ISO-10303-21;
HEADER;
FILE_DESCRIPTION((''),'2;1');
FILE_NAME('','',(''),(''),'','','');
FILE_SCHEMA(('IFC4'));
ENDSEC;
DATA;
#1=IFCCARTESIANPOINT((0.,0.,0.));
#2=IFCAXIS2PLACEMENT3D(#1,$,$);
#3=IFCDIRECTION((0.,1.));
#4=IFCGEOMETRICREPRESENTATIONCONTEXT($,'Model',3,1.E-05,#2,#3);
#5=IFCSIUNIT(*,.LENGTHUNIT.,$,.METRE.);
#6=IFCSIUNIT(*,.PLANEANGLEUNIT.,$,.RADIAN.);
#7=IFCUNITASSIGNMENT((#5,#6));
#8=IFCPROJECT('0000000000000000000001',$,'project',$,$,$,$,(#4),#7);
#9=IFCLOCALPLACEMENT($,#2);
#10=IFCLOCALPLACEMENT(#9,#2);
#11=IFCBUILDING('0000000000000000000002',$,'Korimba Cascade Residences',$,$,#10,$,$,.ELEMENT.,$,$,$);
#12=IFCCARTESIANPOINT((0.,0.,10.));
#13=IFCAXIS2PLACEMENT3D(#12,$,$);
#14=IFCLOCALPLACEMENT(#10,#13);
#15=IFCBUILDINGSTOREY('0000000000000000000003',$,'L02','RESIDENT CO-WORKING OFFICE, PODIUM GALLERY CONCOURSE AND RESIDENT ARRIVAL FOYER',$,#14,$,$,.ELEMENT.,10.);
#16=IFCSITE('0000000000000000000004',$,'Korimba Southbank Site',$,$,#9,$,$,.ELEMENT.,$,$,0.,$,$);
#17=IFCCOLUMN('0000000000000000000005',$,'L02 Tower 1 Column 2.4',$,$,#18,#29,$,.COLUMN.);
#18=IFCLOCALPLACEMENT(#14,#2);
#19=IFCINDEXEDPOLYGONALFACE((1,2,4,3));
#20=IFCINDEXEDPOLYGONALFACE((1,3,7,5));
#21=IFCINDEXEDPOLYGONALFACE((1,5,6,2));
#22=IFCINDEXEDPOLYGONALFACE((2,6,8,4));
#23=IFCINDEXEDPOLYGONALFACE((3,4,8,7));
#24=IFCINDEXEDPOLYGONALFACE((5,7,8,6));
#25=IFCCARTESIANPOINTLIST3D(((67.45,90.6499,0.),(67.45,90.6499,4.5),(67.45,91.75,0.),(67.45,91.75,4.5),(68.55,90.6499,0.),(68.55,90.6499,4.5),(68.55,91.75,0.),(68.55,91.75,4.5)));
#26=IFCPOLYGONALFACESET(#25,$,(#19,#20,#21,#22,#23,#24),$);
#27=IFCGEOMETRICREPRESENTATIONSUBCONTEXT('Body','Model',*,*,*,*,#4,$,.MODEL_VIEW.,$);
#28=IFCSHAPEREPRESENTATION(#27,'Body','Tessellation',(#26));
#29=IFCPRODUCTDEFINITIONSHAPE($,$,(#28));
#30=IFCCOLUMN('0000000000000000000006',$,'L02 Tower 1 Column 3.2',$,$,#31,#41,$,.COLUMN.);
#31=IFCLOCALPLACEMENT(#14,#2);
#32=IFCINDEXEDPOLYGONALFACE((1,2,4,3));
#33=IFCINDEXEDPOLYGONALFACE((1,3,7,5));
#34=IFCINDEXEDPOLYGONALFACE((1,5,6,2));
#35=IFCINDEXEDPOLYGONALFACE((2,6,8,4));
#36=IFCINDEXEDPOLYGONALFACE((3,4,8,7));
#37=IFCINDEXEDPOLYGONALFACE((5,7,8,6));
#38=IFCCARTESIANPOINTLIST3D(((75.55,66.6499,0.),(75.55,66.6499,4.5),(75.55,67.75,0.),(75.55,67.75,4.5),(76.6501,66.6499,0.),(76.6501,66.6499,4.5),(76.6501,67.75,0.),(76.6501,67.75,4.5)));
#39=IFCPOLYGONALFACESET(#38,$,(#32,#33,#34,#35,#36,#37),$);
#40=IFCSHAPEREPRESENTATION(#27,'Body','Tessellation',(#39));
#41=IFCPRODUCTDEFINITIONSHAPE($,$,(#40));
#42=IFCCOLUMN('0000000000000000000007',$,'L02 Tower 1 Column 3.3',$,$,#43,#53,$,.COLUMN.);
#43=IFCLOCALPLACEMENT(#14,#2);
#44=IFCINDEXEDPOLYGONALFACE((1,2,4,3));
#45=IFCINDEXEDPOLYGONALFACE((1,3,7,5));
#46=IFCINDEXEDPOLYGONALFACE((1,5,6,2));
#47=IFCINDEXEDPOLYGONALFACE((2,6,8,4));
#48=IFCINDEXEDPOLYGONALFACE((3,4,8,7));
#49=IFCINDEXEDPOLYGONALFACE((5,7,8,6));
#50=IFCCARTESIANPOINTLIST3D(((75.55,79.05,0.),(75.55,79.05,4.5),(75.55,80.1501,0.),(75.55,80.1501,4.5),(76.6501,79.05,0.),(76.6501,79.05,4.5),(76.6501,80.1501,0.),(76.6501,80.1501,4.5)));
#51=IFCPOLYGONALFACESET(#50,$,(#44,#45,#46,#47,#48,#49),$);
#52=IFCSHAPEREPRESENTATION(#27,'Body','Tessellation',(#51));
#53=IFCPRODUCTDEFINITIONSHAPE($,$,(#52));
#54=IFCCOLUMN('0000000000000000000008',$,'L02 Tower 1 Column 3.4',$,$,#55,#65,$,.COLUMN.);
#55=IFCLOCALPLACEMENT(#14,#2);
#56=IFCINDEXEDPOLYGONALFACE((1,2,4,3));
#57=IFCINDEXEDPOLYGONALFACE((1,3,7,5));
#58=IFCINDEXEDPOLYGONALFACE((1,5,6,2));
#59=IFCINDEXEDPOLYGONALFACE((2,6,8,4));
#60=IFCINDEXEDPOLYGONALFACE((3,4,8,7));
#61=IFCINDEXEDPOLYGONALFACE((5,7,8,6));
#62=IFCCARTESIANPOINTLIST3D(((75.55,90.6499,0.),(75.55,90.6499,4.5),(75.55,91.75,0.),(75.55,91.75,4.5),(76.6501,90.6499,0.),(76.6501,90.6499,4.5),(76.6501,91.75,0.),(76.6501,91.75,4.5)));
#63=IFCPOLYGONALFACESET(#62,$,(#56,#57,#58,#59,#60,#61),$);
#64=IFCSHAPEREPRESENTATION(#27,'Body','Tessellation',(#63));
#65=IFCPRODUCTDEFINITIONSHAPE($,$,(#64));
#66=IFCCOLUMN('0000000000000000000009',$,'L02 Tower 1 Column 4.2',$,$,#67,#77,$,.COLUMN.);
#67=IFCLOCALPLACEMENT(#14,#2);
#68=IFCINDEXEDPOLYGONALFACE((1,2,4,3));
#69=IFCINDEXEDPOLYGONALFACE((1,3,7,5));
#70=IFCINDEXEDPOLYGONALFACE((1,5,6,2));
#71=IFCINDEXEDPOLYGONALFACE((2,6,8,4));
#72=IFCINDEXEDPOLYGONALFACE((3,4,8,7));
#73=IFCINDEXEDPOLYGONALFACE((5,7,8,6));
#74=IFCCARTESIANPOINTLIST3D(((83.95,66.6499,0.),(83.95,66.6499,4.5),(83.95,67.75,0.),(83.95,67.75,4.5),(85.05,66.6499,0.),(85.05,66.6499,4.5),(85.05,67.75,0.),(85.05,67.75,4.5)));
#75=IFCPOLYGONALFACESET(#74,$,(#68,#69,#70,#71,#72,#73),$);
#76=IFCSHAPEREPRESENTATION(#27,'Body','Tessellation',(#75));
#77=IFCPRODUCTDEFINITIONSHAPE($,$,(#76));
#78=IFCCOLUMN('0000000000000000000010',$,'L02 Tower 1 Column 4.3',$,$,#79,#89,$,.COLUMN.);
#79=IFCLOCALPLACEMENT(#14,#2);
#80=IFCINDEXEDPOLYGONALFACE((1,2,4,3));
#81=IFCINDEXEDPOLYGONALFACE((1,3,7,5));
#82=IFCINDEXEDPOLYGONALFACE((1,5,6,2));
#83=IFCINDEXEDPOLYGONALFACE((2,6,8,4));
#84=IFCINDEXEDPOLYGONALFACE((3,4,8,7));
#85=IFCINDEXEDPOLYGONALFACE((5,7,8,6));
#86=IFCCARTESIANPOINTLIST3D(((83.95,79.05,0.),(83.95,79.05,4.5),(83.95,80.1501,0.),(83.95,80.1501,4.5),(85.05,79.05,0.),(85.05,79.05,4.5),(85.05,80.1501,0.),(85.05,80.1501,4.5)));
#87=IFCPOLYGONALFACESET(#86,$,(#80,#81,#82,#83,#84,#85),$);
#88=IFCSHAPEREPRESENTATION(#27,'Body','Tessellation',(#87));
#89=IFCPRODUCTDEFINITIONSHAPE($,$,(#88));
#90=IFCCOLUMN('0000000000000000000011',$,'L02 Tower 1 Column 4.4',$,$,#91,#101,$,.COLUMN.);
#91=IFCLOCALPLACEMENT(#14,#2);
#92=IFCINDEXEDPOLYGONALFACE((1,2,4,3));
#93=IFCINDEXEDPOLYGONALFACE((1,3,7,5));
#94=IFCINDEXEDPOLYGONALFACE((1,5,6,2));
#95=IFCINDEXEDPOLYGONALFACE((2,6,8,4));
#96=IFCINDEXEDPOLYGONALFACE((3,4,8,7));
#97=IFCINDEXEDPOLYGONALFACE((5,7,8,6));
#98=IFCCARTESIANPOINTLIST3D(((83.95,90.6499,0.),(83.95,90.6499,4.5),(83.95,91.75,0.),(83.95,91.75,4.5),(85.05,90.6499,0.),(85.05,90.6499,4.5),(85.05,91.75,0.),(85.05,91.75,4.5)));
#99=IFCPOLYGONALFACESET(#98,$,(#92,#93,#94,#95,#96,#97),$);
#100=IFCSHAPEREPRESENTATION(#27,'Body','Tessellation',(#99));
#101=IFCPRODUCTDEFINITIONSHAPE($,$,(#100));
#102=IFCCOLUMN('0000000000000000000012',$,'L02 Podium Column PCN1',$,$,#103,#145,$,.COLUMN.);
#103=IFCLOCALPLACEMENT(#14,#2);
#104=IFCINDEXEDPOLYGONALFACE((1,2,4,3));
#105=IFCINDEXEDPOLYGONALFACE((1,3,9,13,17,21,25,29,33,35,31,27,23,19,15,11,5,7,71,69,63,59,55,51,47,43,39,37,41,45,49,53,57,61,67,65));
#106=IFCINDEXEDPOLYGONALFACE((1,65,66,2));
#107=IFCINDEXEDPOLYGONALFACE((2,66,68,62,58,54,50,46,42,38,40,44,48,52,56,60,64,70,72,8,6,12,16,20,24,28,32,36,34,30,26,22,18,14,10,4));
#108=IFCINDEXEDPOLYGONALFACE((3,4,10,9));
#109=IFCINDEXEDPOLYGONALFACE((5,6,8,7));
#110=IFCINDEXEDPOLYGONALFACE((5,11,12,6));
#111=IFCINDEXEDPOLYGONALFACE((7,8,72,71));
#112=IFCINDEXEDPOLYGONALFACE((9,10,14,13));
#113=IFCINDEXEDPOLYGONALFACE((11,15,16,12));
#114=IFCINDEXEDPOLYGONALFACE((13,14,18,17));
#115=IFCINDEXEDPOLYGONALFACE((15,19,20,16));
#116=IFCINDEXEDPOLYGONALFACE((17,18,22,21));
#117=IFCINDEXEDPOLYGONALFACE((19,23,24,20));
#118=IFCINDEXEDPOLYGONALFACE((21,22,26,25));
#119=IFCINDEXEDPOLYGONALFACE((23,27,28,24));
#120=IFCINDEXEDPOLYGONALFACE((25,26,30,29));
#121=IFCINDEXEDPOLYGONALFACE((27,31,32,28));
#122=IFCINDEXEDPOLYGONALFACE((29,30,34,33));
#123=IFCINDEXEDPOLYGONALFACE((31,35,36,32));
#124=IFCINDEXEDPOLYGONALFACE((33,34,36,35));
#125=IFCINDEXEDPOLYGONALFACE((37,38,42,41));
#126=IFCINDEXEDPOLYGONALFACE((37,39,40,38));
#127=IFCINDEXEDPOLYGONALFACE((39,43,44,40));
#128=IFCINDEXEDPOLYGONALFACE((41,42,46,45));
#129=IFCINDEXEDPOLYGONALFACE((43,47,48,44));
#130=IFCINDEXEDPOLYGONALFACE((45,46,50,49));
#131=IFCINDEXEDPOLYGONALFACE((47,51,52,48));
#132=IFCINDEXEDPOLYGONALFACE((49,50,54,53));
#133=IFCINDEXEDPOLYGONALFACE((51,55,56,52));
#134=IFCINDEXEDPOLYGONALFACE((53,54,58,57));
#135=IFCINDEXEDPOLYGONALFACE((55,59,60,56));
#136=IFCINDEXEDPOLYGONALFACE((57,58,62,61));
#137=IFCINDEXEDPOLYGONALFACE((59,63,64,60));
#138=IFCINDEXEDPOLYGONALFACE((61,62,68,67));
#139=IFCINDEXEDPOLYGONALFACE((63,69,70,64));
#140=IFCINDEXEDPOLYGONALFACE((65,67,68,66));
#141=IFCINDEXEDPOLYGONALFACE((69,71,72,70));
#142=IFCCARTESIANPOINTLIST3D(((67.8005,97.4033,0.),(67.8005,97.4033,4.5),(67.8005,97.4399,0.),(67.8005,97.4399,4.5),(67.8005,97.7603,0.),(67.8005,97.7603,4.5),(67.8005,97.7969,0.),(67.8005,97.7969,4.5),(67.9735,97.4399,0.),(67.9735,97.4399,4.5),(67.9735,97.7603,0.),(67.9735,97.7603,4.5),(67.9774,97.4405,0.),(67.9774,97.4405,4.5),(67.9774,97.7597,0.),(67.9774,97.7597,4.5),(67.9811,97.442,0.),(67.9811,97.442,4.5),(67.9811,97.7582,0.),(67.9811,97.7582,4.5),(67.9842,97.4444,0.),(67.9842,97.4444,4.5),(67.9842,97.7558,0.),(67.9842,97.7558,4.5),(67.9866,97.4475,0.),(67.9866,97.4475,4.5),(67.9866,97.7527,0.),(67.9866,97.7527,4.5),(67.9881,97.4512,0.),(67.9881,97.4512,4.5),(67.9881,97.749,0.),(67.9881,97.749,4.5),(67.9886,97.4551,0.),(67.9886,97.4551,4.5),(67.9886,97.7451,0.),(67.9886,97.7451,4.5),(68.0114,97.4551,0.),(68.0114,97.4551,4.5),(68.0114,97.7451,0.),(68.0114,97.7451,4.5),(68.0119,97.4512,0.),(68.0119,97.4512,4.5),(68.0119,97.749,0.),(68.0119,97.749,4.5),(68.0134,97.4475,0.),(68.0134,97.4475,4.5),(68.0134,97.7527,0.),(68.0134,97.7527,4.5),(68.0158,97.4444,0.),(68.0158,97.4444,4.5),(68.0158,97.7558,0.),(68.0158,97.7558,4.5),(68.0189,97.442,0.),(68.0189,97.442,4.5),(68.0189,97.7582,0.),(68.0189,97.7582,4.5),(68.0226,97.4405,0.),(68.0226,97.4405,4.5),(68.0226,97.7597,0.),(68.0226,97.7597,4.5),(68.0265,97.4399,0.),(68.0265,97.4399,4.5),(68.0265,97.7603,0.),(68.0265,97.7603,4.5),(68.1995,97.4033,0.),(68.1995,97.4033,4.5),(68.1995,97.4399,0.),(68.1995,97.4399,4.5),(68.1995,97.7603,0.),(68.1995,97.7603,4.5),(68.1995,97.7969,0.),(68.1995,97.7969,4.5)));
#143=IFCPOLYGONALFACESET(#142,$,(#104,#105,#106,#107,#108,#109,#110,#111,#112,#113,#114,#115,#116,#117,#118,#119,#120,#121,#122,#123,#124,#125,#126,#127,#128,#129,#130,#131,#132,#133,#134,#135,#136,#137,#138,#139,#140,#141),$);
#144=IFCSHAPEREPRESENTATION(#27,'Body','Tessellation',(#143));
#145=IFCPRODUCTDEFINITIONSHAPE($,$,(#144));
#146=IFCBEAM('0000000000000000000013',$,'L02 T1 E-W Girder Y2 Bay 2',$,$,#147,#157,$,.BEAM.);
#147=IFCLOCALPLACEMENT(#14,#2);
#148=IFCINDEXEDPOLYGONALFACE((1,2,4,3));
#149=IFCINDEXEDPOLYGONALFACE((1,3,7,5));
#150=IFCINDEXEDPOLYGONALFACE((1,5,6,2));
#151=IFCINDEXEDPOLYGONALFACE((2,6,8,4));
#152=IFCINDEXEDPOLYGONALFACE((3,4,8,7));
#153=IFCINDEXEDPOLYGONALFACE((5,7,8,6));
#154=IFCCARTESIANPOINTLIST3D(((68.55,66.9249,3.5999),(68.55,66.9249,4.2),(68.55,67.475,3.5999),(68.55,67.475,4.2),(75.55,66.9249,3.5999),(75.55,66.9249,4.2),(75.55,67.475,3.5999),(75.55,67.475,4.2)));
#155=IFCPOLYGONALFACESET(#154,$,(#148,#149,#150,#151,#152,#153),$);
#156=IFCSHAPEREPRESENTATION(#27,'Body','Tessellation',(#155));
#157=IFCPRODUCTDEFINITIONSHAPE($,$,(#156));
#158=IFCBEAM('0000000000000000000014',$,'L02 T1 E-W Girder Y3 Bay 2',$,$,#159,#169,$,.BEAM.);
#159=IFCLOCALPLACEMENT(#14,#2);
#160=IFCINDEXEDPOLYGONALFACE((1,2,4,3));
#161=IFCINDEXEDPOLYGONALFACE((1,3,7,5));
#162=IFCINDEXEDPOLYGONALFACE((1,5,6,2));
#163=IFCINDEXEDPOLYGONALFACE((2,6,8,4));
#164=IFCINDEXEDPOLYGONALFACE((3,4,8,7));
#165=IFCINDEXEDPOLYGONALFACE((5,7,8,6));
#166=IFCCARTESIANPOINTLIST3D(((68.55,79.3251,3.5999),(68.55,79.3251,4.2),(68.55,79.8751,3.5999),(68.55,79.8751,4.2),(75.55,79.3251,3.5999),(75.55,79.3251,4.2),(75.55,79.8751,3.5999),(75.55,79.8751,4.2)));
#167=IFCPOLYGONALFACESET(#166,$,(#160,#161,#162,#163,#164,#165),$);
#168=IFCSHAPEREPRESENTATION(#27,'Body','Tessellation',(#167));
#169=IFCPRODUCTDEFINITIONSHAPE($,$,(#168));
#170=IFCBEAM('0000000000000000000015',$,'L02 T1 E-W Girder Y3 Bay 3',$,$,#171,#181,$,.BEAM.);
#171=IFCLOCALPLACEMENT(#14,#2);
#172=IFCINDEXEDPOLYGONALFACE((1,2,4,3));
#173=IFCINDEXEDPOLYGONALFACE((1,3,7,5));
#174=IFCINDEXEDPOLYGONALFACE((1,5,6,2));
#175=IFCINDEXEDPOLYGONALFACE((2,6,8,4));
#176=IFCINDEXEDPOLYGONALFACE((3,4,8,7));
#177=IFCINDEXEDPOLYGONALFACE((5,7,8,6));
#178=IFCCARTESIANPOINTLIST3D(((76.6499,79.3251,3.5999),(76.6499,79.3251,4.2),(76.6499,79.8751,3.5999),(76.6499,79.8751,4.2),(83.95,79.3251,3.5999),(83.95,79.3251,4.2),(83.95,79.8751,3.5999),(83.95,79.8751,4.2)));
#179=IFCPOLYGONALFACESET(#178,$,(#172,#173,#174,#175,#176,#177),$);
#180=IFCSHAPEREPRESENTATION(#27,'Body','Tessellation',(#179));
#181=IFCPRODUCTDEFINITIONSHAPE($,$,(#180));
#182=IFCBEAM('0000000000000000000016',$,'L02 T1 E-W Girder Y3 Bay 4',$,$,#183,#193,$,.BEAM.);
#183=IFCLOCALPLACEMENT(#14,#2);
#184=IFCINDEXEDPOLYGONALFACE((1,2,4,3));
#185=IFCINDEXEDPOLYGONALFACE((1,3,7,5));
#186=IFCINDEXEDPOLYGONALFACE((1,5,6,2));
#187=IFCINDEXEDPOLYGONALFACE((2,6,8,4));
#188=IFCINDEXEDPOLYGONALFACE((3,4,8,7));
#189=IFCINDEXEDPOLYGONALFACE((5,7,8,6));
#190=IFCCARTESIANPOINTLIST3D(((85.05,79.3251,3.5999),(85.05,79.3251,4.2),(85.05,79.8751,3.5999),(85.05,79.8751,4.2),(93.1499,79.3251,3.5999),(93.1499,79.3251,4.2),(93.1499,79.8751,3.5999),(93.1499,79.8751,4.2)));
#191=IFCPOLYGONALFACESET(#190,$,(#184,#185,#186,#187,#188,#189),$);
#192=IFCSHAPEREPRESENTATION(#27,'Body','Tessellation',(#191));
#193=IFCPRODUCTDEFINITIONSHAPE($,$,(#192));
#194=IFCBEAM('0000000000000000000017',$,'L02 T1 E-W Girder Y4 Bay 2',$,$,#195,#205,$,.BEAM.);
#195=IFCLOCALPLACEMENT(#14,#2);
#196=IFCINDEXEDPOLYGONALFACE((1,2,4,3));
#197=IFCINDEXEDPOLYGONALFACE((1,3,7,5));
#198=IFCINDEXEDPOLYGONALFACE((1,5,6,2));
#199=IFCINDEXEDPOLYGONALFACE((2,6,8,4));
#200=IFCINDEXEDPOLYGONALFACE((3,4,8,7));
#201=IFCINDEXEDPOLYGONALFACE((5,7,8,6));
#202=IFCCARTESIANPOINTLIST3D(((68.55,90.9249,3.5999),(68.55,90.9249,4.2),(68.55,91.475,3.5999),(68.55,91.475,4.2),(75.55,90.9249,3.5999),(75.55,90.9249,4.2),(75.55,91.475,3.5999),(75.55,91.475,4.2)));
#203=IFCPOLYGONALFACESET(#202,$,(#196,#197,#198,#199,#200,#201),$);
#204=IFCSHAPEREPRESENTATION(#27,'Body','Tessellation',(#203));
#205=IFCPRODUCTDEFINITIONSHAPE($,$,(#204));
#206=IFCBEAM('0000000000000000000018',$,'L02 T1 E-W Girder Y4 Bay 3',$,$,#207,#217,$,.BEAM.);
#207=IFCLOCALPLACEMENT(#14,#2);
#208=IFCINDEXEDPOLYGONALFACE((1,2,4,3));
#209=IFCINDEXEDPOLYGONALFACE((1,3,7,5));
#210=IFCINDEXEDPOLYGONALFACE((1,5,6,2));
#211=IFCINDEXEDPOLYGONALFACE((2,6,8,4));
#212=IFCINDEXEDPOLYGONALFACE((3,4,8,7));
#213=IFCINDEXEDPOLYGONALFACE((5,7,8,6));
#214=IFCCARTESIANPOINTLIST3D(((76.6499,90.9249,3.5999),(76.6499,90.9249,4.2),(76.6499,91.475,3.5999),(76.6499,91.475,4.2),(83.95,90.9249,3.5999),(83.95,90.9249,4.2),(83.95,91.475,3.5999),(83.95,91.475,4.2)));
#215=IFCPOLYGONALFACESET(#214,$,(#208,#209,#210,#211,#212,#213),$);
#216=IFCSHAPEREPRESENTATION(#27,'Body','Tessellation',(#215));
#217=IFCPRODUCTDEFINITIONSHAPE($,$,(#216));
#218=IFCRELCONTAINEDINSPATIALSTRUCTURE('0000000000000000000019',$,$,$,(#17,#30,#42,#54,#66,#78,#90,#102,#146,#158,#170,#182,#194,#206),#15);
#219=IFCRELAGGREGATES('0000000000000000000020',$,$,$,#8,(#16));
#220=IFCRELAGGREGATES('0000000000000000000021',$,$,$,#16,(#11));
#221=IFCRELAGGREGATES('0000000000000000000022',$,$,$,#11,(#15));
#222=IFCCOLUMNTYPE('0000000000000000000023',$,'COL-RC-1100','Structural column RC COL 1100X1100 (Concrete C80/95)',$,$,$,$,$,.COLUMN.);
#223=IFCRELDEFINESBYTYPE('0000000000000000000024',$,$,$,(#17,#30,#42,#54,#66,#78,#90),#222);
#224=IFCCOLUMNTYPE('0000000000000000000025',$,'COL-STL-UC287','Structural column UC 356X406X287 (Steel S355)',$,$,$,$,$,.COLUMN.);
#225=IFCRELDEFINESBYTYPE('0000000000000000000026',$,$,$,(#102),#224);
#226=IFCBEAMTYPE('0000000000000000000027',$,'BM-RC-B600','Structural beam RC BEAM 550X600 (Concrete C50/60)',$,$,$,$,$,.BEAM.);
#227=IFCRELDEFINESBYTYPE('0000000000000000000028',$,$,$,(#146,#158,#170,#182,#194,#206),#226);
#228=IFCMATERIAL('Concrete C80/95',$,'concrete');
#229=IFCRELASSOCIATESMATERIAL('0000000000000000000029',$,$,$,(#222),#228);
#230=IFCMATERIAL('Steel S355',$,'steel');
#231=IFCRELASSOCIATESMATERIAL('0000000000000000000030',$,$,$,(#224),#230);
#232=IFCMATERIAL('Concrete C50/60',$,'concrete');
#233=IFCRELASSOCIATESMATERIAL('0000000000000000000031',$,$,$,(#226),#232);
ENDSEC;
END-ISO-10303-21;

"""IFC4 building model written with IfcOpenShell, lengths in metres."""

from ifc_helpers import new_model, si_unit, direction, frame, origin, origin_2d, place, context, subcontext, project, spatial, rectangle, i_section, extrude, material, material_profile, profile_set, type_object, element, save


model = new_model("IFC4")

# Units and contexts
model_context = context("Model", 3, precision=1e-05, world=origin(), true_north=direction((0.0, 1.0)))
body_context = subcontext(model_context, "Body", "Model", "MODEL_VIEW")
ifc_project = project(units=[si_unit("LENGTHUNIT", "METRE"), si_unit("PLANEANGLEUNIT", "RADIAN")], contexts=[model_context])

# Site, building, storey
site_placement = place(None, origin())
site = spatial("IfcSite", under=ifc_project, at=site_placement, Name="Korimba Southbank Site", CompositionType="ELEMENT", RefElevation=0.0)
building_placement = place(site_placement, origin())
building = spatial("IfcBuilding", under=site, at=building_placement, Name="Korimba Cascade Residences", CompositionType="ELEMENT")
storey_placement = place(building_placement, frame((0.0, 0.0, 10.0)))
storey = spatial("IfcBuildingStorey", under=building, at=storey_placement, Name="L02", Description="RESIDENT CO-WORKING OFFICE, PODIUM GALLERY CONCOURSE AND RESIDENT ARRIVAL FOYER", CompositionType="ELEMENT", Elevation=10.0)

# Columns
ifc_material_1 = material(Name="Concrete C80/95", Category="concrete")
ifc_material_profile_1 = material_profile(ifc_material_1, rectangle(XDim=1.1001, YDim=1.1001, at=origin_2d()), Name="Concrete C80/95")
ifc_profile_set_1 = profile_set([ifc_material_profile_1], Name="Concrete C80/95")
column_type_1 = type_object("IfcColumnType", Name="COL-RC-1100", Description="Structural column RC COL 1100X1100 (Concrete C80/95)", PredefinedType="COLUMN", material=ifc_profile_set_1)
for number, where, z_axis, x_axis, name in (
    (1, (68.0, 91.2, 0.0), (0.0, 0.0, 1.0), (1.0, 0.0, 0.0), "L02 Tower 1 Column 2.4"),
    (2, (76.1001, 67.2, 0.0), (0.0, 0.0, 1.0), (1.0, 0.0, 0.0), "L02 Tower 1 Column 3.2"),
    (3, (76.1001, 79.6001, 0.0), (0.0, 0.0, 1.0), (1.0, 0.0, 0.0), "L02 Tower 1 Column 3.3"),
    (4, (76.1001, 91.2, 0.0), (0.0, 0.0, 1.0), (1.0, 0.0, 0.0), "L02 Tower 1 Column 3.4"),
    (5, (84.5, 67.2, 0.0), (0.0, 0.0, 1.0), (1.0, 0.0, 0.0), "L02 Tower 1 Column 4.2"),
    (6, (84.5, 79.6001, 0.0), (0.0, 0.0, 1.0), (1.0, 0.0, 0.0), "L02 Tower 1 Column 4.3"),
    (7, (84.5, 91.2, 0.0), (0.0, 0.0, 1.0), (1.0, 0.0, 0.0), "L02 Tower 1 Column 4.4"),
):
    element("IfcColumn", number, at=place(storey_placement, frame(where, z_axis=z_axis, x_axis=x_axis)), inside=storey, type_object=column_type_1, Name=name, PredefinedType="COLUMN", context=body_context, shape_type="SweptSolid", body=[
        extrude(rectangle(XDim=1.1001, YDim=1.1001, at=origin_2d()), origin(), (0.0, 0.0, 1.0), 4.5),
    ])
ifc_material_2 = material(Name="Steel S355", Category="steel")
ifc_material_profile_2 = material_profile(ifc_material_2, i_section(OverallWidth=0.3989, OverallDepth=0.3936, WebThickness=0.0227, FlangeThickness=0.0366, FilletRadius=0.0151, at=origin_2d()), Name="Steel S355")
ifc_profile_set_2 = profile_set([ifc_material_profile_2], Name="Steel S355")
column_type_2 = type_object("IfcColumnType", Name="COL-STL-UC287", Description="Structural column UC 356X406X287 (Steel S355)", PredefinedType="COLUMN", material=ifc_profile_set_2)
column_placement = place(storey_placement, frame((68.0, 97.6001, 0.0), z_axis=(0.0, 0.0, 1.0), x_axis=(1.0, 0.0, 0.0)))
element("IfcColumn", 8, at=column_placement, inside=storey, type_object=column_type_2, Name="L02 Podium Column PCN1", PredefinedType="COLUMN", context=body_context, shape_type="SweptSolid", body=[
    extrude(i_section(OverallWidth=0.3989, OverallDepth=0.3936, WebThickness=0.0227, FlangeThickness=0.0366, FilletRadius=0.0151, at=origin_2d()), origin(), (0.0, 0.0, 1.0), 4.5),
])

# Beams
ifc_material_3 = material(Name="Concrete C50/60", Category="concrete")
ifc_material_profile_3 = material_profile(ifc_material_3, rectangle(XDim=0.55, YDim=0.6001, at=origin_2d()), Name="Concrete C50/60")
ifc_profile_set_3 = profile_set([ifc_material_profile_3], Name="Concrete C50/60")
beam_type_1 = type_object("IfcBeamType", Name="BM-RC-B600", Description="Structural beam RC BEAM 550X600 (Concrete C50/60)", PredefinedType="BEAM", material=ifc_profile_set_3)
for number, where, z_axis, x_axis, name in (
    (9, (68.55, 67.2, 3.8999), (1.0, 0.0, 0.0), (0.0, 1.0, 0.0), "L02 T1 E-W Girder Y2 Bay 2"),
    (10, (68.55, 79.6001, 3.8999), (1.0, 0.0, 0.0), (0.0, 1.0, 0.0), "L02 T1 E-W Girder Y3 Bay 2"),
):
    element("IfcBeam", number, at=place(storey_placement, frame(where, z_axis=z_axis, x_axis=x_axis)), inside=storey, type_object=beam_type_1, Name=name, PredefinedType="BEAM", context=body_context, shape_type="SweptSolid", body=[
        extrude(rectangle(XDim=0.55, YDim=0.6001, at=origin_2d()), origin(), (0.0, 0.0, 1.0), 7.0),
    ])
beam_1_placement = place(storey_placement, frame((76.6499, 79.6001, 3.8999), z_axis=(1.0, 0.0, 0.0), x_axis=(0.0, 1.0, 0.0)))
element("IfcBeam", 11, at=beam_1_placement, inside=storey, type_object=beam_type_1, Name="L02 T1 E-W Girder Y3 Bay 3", PredefinedType="BEAM", context=body_context, shape_type="SweptSolid", body=[
    extrude(rectangle(XDim=0.55, YDim=0.6001, at=origin_2d()), origin(), (0.0, 0.0, 1.0), 7.3),
])
beam_2_placement = place(storey_placement, frame((85.05, 79.6001, 3.8999), z_axis=(1.0, 0.0, 0.0), x_axis=(0.0, 1.0, 0.0)))
element("IfcBeam", 12, at=beam_2_placement, inside=storey, type_object=beam_type_1, Name="L02 T1 E-W Girder Y3 Bay 4", PredefinedType="BEAM", context=body_context, shape_type="SweptSolid", body=[
    extrude(rectangle(XDim=0.55, YDim=0.6001, at=origin_2d()), origin(), (0.0, 0.0, 1.0), 8.0999),
])
beam_3_placement = place(storey_placement, frame((68.55, 91.2, 3.8999), z_axis=(1.0, 0.0, 0.0), x_axis=(0.0, 1.0, 0.0)))
element("IfcBeam", 13, at=beam_3_placement, inside=storey, type_object=beam_type_1, Name="L02 T1 E-W Girder Y4 Bay 2", PredefinedType="BEAM", context=body_context, shape_type="SweptSolid", body=[
    extrude(rectangle(XDim=0.55, YDim=0.6001, at=origin_2d()), origin(), (0.0, 0.0, 1.0), 7.0),
])
beam_4_placement = place(storey_placement, frame((76.6499, 91.2, 3.8999), z_axis=(1.0, 0.0, 0.0), x_axis=(0.0, 1.0, 0.0)))
element("IfcBeam", 14, at=beam_4_placement, inside=storey, type_object=beam_type_1, Name="L02 T1 E-W Girder Y4 Bay 3", PredefinedType="BEAM", context=body_context, shape_type="SweptSolid", body=[
    extrude(rectangle(XDim=0.55, YDim=0.6001, at=origin_2d()), origin(), (0.0, 0.0, 1.0), 7.3),
])

save(model, "model.ifc")
